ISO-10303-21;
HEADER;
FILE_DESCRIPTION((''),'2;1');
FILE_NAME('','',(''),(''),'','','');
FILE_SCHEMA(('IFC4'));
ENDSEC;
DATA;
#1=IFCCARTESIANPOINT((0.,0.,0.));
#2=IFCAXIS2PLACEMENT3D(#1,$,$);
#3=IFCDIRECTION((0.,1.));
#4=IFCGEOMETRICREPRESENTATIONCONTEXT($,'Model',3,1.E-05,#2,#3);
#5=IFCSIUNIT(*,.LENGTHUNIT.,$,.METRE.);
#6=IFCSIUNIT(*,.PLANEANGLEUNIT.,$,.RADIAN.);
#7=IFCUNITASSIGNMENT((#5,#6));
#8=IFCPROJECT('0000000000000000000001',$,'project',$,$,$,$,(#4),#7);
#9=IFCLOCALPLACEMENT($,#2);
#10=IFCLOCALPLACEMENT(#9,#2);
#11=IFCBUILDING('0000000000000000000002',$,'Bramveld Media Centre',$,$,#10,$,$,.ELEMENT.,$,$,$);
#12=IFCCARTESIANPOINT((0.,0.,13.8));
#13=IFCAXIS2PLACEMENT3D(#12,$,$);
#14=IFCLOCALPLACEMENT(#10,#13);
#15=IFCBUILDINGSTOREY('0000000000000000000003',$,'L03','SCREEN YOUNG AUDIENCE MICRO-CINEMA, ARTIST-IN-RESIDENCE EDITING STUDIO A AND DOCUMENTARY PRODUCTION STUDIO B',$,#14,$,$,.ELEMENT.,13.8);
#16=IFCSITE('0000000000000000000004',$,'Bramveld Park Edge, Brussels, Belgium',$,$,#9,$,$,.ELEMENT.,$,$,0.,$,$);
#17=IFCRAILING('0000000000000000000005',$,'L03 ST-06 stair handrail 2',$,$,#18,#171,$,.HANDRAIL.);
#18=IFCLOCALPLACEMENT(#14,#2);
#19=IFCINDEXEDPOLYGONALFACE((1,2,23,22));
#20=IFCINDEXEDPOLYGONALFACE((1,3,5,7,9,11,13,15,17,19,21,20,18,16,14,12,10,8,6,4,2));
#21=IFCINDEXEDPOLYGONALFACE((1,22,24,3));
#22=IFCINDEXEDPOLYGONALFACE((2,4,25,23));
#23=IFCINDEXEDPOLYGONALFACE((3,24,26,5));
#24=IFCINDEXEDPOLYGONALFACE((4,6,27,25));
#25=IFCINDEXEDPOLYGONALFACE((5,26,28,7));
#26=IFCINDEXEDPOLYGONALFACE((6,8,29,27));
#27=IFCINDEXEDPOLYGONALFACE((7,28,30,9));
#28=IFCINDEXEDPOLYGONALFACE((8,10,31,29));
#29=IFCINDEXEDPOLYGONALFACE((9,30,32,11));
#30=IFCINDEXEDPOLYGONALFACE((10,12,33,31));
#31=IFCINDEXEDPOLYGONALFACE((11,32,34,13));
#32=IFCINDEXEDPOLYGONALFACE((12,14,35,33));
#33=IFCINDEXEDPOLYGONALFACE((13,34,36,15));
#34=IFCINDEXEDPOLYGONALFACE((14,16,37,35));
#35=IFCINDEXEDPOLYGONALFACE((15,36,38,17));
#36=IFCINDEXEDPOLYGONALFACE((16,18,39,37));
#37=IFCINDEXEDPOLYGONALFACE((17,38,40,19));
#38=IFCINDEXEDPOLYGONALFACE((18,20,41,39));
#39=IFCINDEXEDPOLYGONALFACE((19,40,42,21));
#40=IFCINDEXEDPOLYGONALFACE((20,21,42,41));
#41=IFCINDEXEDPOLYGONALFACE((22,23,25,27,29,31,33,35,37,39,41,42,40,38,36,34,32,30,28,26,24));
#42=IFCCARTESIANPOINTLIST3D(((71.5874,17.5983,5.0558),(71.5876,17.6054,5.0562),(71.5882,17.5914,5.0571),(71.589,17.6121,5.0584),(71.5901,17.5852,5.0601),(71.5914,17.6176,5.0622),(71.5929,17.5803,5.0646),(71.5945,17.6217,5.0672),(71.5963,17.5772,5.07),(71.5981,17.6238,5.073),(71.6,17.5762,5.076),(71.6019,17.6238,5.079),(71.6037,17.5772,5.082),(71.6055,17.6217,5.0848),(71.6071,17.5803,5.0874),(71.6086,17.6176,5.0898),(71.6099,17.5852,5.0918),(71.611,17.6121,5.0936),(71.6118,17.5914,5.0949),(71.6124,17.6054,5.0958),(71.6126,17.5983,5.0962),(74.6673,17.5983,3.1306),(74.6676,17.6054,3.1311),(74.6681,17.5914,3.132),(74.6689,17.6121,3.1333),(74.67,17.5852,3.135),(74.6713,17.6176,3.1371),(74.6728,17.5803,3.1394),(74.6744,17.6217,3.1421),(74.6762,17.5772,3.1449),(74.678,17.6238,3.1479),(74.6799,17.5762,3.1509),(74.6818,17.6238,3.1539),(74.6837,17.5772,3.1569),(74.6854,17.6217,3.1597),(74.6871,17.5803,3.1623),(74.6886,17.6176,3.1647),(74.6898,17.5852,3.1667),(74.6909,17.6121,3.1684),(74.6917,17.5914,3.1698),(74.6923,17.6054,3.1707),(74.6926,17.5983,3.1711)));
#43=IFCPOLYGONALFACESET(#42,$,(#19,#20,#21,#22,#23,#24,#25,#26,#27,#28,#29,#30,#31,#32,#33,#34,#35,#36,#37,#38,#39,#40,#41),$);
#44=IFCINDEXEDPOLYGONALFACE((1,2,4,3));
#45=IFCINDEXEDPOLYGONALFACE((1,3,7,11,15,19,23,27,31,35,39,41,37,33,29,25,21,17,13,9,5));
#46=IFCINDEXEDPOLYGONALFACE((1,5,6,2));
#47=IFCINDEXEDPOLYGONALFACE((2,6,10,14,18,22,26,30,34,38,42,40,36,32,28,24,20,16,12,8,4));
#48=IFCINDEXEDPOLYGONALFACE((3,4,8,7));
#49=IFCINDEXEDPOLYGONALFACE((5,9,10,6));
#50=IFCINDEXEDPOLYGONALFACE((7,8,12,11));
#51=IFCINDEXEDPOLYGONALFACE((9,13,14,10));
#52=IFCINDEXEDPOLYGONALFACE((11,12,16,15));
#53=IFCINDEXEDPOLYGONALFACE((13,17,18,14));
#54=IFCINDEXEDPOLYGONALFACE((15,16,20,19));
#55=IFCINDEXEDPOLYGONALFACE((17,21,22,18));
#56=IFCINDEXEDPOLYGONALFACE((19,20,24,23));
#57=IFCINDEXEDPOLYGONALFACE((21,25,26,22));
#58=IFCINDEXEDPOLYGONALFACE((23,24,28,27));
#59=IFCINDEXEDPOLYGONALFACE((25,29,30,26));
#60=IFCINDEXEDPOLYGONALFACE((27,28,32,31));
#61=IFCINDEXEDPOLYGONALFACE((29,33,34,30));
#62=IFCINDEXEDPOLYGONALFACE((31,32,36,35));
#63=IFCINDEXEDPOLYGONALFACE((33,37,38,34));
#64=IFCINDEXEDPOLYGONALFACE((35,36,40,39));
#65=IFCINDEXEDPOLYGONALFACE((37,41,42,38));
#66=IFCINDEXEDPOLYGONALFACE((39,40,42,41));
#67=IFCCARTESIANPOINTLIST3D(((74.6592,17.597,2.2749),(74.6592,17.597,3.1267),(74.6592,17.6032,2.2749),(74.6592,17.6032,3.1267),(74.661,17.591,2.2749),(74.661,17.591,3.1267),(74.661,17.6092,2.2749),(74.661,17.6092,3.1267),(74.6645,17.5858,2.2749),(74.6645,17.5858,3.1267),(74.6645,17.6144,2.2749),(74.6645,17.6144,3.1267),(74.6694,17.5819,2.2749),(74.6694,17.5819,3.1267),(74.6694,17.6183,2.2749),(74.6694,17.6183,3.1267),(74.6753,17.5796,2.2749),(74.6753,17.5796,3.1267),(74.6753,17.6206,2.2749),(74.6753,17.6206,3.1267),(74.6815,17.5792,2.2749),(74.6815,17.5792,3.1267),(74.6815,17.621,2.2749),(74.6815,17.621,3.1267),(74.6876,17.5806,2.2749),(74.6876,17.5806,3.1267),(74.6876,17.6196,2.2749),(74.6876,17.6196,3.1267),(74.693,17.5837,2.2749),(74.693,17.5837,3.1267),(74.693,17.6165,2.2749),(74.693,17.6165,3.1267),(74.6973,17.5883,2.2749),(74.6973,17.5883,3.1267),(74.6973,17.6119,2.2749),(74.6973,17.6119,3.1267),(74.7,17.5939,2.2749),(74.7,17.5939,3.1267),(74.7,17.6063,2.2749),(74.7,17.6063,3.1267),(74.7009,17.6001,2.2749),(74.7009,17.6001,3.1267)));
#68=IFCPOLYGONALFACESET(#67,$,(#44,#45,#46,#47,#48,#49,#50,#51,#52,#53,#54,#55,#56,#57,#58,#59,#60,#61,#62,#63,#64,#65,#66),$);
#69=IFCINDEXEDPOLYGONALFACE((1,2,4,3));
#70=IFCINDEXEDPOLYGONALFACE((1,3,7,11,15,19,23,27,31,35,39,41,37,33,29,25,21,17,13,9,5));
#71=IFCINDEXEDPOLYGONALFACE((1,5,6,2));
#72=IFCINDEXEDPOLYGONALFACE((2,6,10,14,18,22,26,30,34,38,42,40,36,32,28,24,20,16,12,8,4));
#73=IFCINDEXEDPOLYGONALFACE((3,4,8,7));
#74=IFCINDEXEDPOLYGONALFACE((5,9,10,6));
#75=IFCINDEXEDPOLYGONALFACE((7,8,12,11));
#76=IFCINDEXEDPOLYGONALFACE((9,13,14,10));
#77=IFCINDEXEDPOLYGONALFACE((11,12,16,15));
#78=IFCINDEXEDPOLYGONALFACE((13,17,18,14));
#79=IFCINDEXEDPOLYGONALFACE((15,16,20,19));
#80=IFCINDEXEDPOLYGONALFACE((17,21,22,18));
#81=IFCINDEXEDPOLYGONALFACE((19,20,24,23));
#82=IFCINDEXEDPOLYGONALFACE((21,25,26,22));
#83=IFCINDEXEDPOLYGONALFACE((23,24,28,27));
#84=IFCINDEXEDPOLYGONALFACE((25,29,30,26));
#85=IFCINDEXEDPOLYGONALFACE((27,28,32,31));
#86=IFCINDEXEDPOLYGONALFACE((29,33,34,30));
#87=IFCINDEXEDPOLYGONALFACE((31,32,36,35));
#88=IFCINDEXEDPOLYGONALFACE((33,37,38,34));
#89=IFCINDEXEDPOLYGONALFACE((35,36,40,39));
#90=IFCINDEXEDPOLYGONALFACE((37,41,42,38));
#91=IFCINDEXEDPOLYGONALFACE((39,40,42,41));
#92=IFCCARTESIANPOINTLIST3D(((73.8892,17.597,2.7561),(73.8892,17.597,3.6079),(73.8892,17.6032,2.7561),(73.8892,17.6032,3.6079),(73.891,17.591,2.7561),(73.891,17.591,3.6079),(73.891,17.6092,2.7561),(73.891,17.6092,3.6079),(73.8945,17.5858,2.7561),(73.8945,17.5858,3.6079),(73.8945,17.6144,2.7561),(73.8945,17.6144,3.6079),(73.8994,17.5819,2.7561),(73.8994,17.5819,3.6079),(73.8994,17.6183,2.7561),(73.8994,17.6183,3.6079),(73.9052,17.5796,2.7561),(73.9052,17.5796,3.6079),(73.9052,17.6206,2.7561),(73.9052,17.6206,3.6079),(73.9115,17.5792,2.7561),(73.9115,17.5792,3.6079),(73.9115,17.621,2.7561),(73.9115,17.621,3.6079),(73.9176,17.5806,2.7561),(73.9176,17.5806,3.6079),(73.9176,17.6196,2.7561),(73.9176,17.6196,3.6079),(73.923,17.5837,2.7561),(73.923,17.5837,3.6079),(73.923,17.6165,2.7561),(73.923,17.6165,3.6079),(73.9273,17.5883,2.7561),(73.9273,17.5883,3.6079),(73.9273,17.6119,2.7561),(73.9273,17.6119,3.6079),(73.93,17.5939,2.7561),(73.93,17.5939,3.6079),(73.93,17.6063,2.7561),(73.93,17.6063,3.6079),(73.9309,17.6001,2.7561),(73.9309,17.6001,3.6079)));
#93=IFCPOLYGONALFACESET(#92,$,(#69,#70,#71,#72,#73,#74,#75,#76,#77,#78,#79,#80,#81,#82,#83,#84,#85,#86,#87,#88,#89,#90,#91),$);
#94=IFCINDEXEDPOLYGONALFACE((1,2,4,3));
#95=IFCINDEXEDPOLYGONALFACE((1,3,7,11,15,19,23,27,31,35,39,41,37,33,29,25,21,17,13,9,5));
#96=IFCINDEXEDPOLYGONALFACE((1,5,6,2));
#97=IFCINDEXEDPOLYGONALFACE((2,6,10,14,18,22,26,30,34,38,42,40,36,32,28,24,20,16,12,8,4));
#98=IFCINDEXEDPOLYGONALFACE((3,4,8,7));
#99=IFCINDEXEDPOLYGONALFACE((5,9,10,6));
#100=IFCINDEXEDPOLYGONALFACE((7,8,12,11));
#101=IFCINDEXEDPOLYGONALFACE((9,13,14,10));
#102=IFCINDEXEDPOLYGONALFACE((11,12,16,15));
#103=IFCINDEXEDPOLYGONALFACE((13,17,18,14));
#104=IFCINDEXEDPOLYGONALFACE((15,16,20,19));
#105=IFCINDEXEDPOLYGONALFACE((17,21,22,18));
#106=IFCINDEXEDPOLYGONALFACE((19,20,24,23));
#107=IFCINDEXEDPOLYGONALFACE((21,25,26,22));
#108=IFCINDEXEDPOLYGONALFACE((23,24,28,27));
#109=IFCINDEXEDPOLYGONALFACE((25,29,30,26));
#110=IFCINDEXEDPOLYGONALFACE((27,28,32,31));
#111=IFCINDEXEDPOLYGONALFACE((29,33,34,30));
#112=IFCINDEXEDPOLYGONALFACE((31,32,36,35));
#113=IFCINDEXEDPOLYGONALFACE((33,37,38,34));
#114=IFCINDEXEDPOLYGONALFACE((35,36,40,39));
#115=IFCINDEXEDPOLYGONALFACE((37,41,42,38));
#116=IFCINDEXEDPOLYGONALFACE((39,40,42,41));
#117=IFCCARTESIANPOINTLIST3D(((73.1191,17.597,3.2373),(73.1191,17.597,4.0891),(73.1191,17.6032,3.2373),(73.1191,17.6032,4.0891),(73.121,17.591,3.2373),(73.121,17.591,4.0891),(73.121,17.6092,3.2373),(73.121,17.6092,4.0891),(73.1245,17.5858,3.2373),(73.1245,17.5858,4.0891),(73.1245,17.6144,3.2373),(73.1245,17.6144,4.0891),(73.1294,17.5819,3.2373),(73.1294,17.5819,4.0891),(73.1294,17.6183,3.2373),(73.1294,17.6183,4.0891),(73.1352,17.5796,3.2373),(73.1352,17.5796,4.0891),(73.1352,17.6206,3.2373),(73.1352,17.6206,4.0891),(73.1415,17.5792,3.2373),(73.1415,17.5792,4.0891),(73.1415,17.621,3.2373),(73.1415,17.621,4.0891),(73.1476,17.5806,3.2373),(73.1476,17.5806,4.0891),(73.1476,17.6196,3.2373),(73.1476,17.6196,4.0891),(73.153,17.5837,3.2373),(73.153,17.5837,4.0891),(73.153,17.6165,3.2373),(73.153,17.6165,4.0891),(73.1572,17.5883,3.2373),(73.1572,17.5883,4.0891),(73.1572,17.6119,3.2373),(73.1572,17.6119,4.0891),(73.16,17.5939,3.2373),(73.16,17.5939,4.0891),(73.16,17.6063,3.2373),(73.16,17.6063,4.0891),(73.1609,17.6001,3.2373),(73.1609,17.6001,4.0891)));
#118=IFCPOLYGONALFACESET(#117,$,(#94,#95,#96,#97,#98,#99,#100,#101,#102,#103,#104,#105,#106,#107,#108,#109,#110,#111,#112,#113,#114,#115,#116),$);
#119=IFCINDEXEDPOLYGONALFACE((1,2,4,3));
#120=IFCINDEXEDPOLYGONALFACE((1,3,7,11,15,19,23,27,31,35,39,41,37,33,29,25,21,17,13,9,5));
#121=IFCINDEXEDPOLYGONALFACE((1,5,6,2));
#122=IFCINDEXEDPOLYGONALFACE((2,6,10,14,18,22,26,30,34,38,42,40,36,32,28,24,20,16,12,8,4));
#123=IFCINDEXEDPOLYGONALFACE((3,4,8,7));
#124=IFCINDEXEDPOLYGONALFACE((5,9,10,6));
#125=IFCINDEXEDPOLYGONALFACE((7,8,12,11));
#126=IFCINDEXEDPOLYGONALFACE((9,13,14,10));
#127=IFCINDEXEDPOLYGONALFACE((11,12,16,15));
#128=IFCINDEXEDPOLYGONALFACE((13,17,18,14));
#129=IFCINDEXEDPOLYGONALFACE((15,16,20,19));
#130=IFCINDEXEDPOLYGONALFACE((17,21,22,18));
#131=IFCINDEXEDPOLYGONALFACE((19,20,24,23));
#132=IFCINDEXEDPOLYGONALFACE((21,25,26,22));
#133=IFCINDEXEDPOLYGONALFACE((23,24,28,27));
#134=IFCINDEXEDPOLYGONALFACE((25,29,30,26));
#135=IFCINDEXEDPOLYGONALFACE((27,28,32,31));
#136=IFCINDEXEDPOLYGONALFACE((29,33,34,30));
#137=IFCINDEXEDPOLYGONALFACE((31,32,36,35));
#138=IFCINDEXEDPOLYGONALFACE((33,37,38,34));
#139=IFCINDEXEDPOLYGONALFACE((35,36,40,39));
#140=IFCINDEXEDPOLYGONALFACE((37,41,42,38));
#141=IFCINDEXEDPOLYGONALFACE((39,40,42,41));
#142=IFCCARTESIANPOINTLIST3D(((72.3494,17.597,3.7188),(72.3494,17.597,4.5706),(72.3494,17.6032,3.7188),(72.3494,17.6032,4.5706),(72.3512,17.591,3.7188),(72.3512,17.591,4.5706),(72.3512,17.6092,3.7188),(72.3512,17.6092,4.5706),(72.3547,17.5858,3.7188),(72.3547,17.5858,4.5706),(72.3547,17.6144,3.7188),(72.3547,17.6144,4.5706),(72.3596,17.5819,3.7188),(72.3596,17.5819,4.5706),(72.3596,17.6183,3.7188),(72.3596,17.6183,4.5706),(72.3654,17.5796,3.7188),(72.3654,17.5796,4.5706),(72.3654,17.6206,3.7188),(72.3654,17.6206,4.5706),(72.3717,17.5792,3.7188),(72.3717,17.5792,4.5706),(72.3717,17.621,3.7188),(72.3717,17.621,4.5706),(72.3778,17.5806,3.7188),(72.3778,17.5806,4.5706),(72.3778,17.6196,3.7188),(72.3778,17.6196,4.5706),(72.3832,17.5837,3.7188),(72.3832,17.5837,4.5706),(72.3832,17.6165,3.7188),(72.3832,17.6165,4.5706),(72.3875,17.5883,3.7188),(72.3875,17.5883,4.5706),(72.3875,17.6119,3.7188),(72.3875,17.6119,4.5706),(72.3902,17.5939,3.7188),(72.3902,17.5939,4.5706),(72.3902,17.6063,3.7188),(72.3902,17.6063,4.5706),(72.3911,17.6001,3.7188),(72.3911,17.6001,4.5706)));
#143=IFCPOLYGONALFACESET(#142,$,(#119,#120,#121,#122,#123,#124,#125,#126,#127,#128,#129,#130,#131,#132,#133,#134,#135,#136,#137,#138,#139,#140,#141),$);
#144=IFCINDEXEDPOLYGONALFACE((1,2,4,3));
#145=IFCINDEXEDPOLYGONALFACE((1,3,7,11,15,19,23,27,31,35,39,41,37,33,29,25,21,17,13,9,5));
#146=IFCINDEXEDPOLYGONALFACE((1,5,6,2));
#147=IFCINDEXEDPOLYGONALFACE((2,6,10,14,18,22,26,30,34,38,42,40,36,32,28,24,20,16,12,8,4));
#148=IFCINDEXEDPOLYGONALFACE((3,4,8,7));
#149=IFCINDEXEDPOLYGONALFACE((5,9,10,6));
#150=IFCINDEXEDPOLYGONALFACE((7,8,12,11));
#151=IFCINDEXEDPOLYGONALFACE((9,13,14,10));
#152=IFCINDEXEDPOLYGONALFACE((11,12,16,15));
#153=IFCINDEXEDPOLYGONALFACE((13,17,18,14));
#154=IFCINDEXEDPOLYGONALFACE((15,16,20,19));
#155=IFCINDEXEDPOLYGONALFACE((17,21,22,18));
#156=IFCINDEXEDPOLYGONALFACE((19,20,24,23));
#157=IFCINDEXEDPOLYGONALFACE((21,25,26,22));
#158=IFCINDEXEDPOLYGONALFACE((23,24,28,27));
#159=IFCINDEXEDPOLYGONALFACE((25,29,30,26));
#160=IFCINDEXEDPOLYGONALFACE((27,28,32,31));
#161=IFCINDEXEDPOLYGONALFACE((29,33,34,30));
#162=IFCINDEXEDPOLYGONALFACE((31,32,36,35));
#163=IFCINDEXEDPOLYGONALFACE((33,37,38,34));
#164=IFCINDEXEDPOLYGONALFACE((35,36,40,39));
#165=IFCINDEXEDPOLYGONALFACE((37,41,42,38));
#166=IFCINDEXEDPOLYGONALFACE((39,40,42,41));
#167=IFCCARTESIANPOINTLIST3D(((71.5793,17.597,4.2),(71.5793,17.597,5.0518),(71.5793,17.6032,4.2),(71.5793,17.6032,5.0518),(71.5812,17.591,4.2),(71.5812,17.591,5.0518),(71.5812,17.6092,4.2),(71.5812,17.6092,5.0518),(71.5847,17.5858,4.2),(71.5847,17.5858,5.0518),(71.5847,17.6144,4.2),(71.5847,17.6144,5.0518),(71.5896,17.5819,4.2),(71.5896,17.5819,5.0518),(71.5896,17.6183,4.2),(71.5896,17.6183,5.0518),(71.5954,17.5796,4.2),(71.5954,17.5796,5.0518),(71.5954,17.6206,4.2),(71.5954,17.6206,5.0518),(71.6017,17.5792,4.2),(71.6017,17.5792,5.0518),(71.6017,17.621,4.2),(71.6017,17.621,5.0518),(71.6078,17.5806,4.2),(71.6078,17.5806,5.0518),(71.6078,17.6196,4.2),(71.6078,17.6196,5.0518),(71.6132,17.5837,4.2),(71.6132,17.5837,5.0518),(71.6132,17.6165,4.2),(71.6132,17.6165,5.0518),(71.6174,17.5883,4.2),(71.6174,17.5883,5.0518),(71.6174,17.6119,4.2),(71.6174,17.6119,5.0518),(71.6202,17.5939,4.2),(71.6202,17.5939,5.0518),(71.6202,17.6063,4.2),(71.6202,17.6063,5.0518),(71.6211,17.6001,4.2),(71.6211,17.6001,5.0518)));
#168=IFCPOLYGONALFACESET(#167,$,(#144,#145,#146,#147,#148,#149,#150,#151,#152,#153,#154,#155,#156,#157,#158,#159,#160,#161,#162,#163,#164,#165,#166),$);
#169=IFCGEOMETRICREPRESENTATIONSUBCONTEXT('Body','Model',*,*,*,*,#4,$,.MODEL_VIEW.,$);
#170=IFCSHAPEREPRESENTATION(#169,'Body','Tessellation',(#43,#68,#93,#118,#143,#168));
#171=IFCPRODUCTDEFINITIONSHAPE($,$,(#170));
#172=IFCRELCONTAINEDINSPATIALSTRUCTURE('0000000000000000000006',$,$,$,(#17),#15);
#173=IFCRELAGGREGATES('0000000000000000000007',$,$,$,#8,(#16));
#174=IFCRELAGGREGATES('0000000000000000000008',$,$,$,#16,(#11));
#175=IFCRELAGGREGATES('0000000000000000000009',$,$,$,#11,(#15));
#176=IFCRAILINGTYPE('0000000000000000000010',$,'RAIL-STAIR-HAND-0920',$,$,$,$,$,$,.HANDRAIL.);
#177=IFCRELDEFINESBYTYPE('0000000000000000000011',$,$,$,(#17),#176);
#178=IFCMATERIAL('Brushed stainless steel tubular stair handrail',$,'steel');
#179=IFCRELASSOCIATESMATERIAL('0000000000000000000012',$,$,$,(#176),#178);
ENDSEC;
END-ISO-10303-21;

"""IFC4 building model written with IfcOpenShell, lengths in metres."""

from ifc_helpers import new_model, si_unit, direction, frame, origin, origin_2d, place, context, subcontext, project, spatial, circle, extrude, material, type_object, element, save


model = new_model("IFC4")

# Units and contexts
model_context = context("Model", 3, precision=1e-05, world=origin(), true_north=direction((0.0, 1.0)))
body_context = subcontext(model_context, "Body", "Model", "MODEL_VIEW")
ifc_project = project(units=[si_unit("LENGTHUNIT", "METRE"), si_unit("PLANEANGLEUNIT", "RADIAN")], contexts=[model_context])

# Site, building, storey
site_placement = place(None, origin())
site = spatial("IfcSite", under=ifc_project, at=site_placement, Name="Bramveld Park Edge, Brussels, Belgium", CompositionType="ELEMENT", RefElevation=0.0)
building_placement = place(site_placement, origin())
building = spatial("IfcBuilding", under=site, at=building_placement, Name="Bramveld Media Centre", CompositionType="ELEMENT")
storey_placement = place(building_placement, frame((0.0, 0.0, 13.8)))
storey = spatial("IfcBuildingStorey", under=building, at=storey_placement, Name="L03", Description="SCREEN YOUNG AUDIENCE MICRO-CINEMA, ARTIST-IN-RESIDENCE EDITING STUDIO A AND DOCUMENTARY PRODUCTION STUDIO B", CompositionType="ELEMENT", Elevation=13.8)

# Railing
ifc_material_1 = material(Name="Brushed stainless steel tubular stair handrail", Category="steel")
railing_type_1 = type_object("IfcRailingType", Name="RAIL-STAIR-HAND-0920", PredefinedType="HANDRAIL", material=ifc_material_1)
railing_1_placement = place(storey_placement, frame((74.6799, 17.6001, 2.2749)))
element("IfcRailing", 1, at=railing_1_placement, inside=storey, type_object=railing_type_1, Name="L03 ST-06 stair handrail 2", PredefinedType="HANDRAIL", context=body_context, shape_type="SweptSolid", body=[
    extrude(circle(Radius=0.0239, at=origin_2d()), frame((0.0, 0.0, 0.876), z_axis=(-0.847979, 0.0, 0.530029), x_axis=(0.0, -1.0, 0.0)), (0.0, 0.0, 1.0), 3.6321),
    extrude(circle(Radius=0.021, at=origin_2d()), origin(), (0.0, 0.0, 1.0), 0.8518),
    extrude(circle(Radius=0.021, at=origin_2d()), frame((-0.77, 0.0, 0.4812)), (0.0, 0.0, 1.0), 0.8518),
    extrude(circle(Radius=0.021, at=origin_2d()), frame((-1.54, 0.0, 0.9624)), (0.0, 0.0, 1.0), 0.8518),
    extrude(circle(Radius=0.021, at=origin_2d()), frame((-2.3098, 0.0, 1.4438)), (0.0, 0.0, 1.0), 0.8518),
    extrude(circle(Radius=0.021, at=origin_2d()), frame((-3.0798, 0.0, 1.925)), (0.0, 0.0, 1.0), 0.8518),
])

save(model, "model.ifc")
